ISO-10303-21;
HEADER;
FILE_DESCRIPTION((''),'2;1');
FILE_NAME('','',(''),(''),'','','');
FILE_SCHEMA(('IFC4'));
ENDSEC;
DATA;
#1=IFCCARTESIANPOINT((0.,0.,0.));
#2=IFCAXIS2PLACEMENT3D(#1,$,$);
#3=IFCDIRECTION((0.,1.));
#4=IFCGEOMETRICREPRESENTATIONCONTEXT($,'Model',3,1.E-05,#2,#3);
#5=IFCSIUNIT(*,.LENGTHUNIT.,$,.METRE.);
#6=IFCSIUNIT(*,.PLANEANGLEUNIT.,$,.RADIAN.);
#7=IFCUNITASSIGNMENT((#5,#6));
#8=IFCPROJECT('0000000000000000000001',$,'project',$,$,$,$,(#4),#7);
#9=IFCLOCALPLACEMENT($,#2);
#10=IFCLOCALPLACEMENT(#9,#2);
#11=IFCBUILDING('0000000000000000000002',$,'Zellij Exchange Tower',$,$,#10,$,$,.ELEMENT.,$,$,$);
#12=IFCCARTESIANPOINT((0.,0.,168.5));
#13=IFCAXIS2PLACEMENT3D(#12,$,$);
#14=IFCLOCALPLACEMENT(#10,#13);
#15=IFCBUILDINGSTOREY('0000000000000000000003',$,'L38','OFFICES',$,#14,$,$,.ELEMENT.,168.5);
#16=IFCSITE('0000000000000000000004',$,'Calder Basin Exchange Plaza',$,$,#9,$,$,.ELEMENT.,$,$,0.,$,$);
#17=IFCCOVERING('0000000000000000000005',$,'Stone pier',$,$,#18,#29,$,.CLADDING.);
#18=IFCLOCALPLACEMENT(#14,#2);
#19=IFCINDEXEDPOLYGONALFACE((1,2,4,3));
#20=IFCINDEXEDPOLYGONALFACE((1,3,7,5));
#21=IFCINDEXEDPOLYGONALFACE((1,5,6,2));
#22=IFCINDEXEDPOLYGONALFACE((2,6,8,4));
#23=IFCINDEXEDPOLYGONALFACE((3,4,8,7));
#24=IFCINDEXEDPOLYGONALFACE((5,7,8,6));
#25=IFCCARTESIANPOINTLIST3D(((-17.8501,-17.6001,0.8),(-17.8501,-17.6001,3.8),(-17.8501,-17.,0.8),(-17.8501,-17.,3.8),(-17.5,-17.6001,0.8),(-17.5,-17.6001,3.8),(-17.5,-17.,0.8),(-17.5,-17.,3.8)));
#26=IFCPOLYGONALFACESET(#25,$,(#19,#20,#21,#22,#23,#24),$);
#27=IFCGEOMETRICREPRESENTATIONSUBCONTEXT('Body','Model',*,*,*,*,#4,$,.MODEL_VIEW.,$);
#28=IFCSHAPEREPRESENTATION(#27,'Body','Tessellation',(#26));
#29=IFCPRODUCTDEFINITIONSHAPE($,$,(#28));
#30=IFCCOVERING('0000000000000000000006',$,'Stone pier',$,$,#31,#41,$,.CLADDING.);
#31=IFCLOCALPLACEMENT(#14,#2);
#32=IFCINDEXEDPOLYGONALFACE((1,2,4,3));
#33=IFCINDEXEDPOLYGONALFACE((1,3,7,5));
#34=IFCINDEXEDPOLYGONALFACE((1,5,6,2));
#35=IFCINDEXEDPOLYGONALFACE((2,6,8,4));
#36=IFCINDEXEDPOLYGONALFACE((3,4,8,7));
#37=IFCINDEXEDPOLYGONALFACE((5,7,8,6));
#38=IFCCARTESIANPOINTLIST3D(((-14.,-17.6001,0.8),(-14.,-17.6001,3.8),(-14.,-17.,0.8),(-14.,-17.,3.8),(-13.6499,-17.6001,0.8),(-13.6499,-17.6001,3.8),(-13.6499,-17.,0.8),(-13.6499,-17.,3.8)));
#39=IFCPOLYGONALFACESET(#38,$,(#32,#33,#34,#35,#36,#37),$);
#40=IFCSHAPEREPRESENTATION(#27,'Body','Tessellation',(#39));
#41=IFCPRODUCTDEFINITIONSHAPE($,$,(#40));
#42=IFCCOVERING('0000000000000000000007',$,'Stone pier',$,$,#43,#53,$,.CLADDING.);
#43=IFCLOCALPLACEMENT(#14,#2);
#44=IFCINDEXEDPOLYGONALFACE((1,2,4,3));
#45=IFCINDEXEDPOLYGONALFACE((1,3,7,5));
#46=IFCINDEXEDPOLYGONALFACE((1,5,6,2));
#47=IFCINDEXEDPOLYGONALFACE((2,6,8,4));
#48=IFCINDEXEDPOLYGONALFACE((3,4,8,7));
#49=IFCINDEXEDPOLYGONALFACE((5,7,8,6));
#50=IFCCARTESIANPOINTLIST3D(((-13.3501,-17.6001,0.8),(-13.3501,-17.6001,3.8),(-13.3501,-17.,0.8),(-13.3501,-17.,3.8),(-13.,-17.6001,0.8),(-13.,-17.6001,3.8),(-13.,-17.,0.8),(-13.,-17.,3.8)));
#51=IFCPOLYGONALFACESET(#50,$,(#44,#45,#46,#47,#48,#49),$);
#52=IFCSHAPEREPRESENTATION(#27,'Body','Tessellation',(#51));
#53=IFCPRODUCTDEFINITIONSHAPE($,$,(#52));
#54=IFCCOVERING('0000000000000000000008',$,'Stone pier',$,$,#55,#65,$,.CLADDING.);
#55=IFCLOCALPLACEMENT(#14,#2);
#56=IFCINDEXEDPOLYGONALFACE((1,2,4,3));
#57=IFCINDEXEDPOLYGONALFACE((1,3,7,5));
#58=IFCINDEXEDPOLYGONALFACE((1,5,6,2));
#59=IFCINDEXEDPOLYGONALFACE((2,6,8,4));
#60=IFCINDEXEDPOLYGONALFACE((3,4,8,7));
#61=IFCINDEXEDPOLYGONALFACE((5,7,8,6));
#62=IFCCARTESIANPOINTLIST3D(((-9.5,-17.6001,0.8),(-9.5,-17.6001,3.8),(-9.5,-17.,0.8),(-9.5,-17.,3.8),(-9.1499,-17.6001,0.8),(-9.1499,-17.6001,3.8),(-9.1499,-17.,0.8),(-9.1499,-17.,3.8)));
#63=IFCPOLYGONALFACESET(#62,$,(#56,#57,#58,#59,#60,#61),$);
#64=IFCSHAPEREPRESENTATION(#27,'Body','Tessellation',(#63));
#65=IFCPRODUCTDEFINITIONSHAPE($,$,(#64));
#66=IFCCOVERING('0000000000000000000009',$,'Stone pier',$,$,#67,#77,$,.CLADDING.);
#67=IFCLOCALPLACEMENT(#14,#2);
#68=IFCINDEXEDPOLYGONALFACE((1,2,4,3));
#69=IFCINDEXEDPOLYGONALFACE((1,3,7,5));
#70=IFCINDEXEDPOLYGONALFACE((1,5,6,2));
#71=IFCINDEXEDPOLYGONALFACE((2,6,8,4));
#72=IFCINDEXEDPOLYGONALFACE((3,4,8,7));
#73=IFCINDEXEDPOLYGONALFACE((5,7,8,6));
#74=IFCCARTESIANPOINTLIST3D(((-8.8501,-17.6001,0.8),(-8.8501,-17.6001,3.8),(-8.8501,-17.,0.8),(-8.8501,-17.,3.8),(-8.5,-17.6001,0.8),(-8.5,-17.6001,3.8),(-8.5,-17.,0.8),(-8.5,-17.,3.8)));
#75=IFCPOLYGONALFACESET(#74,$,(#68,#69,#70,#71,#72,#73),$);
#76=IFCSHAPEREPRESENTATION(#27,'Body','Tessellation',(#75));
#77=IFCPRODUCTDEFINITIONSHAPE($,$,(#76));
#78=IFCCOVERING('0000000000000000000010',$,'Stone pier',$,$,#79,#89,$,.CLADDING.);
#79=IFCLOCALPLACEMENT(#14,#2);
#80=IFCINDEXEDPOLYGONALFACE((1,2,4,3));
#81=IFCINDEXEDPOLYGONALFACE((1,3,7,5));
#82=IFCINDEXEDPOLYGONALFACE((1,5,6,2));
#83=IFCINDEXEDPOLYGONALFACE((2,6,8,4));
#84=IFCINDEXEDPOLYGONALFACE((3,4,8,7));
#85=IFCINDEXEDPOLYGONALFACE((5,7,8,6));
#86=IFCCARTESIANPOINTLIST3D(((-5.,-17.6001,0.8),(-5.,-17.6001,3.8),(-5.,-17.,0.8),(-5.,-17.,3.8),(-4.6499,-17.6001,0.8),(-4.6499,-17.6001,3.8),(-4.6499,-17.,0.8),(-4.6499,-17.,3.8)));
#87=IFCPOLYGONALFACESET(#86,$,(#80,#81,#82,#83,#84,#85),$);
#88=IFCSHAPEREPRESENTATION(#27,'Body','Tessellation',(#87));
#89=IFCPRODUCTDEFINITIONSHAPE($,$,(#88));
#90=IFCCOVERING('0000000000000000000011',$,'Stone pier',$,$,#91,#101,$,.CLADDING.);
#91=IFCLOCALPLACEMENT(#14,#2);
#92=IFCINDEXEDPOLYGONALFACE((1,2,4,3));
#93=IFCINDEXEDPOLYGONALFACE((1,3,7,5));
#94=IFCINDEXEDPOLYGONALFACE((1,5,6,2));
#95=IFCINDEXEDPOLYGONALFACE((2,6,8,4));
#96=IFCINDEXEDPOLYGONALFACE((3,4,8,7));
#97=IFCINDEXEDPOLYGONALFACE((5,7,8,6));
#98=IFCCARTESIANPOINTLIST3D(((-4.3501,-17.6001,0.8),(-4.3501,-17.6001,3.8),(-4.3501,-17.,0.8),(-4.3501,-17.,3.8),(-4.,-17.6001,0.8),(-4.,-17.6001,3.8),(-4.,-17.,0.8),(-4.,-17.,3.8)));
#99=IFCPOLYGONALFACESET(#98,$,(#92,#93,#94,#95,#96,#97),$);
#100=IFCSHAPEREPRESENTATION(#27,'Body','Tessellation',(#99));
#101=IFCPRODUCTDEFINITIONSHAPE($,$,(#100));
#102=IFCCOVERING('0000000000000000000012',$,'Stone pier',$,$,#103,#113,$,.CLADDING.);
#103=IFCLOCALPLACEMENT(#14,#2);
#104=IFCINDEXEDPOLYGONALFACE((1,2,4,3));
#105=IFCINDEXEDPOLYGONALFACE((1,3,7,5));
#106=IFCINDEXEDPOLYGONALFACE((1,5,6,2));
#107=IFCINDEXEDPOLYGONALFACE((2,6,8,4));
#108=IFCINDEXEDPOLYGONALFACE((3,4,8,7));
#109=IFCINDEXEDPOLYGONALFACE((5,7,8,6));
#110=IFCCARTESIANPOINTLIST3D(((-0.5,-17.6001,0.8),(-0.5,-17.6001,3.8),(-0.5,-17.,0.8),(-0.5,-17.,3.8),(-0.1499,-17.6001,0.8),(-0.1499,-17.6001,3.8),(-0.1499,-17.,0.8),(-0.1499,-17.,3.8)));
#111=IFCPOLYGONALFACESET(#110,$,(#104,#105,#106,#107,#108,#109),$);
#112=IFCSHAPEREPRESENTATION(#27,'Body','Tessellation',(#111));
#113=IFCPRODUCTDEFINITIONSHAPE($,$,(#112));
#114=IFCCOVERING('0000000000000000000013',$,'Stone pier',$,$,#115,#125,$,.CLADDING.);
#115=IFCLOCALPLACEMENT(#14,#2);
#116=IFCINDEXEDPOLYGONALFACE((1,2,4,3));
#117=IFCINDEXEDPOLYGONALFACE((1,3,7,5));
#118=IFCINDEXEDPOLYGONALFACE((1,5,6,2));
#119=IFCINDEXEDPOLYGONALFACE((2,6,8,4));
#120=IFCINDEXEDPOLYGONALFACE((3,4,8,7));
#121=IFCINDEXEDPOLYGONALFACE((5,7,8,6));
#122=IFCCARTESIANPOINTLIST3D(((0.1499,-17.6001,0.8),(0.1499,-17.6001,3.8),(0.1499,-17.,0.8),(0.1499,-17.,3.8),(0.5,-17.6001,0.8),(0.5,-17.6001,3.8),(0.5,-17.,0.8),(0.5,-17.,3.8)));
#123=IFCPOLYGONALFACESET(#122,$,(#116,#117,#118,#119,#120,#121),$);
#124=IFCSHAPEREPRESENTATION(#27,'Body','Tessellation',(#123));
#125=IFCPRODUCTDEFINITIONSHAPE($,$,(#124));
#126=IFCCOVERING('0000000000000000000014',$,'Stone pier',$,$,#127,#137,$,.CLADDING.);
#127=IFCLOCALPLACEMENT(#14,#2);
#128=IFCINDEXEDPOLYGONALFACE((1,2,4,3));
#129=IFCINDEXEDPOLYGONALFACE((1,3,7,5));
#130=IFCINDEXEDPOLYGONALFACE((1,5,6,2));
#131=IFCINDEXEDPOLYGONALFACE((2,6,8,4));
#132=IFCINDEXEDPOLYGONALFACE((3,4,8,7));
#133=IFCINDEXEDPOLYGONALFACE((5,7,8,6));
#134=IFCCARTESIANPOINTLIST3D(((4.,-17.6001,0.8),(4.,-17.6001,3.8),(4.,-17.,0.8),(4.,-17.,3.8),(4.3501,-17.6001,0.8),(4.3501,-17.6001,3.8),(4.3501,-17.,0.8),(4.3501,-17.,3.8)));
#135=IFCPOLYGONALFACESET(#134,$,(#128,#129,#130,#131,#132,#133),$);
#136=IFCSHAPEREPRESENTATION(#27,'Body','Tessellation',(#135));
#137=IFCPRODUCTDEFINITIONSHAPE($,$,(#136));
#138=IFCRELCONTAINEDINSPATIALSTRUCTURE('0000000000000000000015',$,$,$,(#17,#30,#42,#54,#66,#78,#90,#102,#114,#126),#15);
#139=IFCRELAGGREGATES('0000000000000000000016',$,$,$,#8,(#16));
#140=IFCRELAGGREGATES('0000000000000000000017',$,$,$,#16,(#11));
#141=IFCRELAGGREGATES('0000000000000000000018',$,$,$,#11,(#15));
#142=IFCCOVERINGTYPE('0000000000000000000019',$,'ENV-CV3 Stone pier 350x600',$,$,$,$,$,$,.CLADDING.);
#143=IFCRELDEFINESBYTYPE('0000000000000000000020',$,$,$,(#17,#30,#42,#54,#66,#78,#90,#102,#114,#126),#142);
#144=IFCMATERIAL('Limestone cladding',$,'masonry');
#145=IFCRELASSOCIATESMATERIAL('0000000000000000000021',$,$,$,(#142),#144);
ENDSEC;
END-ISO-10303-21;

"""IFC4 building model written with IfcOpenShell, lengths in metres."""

from ifc_helpers import new_model, si_unit, direction, frame, origin, place, context, subcontext, project, spatial, polyline, outline, extrude, material, type_object, element, save


model = new_model("IFC4")

# Units and contexts
model_context = context("Model", 3, precision=1e-05, world=origin(), true_north=direction((0.0, 1.0)))
body_context = subcontext(model_context, "Body", "Model", "MODEL_VIEW")
ifc_project = project(units=[si_unit("LENGTHUNIT", "METRE"), si_unit("PLANEANGLEUNIT", "RADIAN")], contexts=[model_context])

# Site, building, storey
site_placement = place(None, origin())
site = spatial("IfcSite", under=ifc_project, at=site_placement, Name="Calder Basin Exchange Plaza", CompositionType="ELEMENT", RefElevation=0.0)
building_placement = place(site_placement, origin())
building = spatial("IfcBuilding", under=site, at=building_placement, Name="Zellij Exchange Tower", CompositionType="ELEMENT")
storey_placement = place(building_placement, frame((0.0, 0.0, 168.5)))
storey = spatial("IfcBuildingStorey", under=building, at=storey_placement, Name="L38", Description="OFFICES", CompositionType="ELEMENT", Elevation=168.5)

# Coverings
ifc_material_1 = material(Name="Limestone cladding", Category="masonry")
covering_type = type_object("IfcCoveringType", Name="ENV-CV3 Stone pier 350x600", PredefinedType="CLADDING", material=ifc_material_1)
covering_1_placement = place(storey_placement, frame((0.0, 0.0, 0.8)))
element("IfcCovering", 1, at=covering_1_placement, inside=storey, type_object=covering_type, Name="Stone pier", PredefinedType="CLADDING", context=body_context, shape_type="SweptSolid", body=[
    extrude(outline(polyline([(-17.8501, -17.0), (-17.5, -17.0), (-17.5, -17.6001), (-17.8501, -17.6001), (-17.8501, -17.0)])), origin(), (0.0, 0.0, 1.0), 3.0),
])
covering_2_placement = place(storey_placement, frame((0.0, 0.0, 0.8)))
element("IfcCovering", 2, at=covering_2_placement, inside=storey, type_object=covering_type, Name="Stone pier", PredefinedType="CLADDING", context=body_context, shape_type="SweptSolid", body=[
    extrude(outline(polyline([(-14.0, -17.0), (-13.6499, -17.0), (-13.6499, -17.6001), (-14.0, -17.6001), (-14.0, -17.0)])), origin(), (0.0, 0.0, 1.0), 3.0),
])
covering_3_placement = place(storey_placement, frame((0.0, 0.0, 0.8)))
element("IfcCovering", 3, at=covering_3_placement, inside=storey, type_object=covering_type, Name="Stone pier", PredefinedType="CLADDING", context=body_context, shape_type="SweptSolid", body=[
    extrude(outline(polyline([(-13.3501, -17.0), (-13.0, -17.0), (-13.0, -17.6001), (-13.3501, -17.6001), (-13.3501, -17.0)])), origin(), (0.0, 0.0, 1.0), 3.0),
])
covering_4_placement = place(storey_placement, frame((0.0, 0.0, 0.8)))
element("IfcCovering", 4, at=covering_4_placement, inside=storey, type_object=covering_type, Name="Stone pier", PredefinedType="CLADDING", context=body_context, shape_type="SweptSolid", body=[
    extrude(outline(polyline([(-9.5, -17.0), (-9.1499, -17.0), (-9.1499, -17.6001), (-9.5, -17.6001), (-9.5, -17.0)])), origin(), (0.0, 0.0, 1.0), 3.0),
])
covering_5_placement = place(storey_placement, frame((0.0, 0.0, 0.8)))
element("IfcCovering", 5, at=covering_5_placement, inside=storey, type_object=covering_type, Name="Stone pier", PredefinedType="CLADDING", context=body_context, shape_type="SweptSolid", body=[
    extrude(outline(polyline([(-8.8501, -17.0), (-8.5, -17.0), (-8.5, -17.6001), (-8.8501, -17.6001), (-8.8501, -17.0)])), origin(), (0.0, 0.0, 1.0), 3.0),
])
covering_6_placement = place(storey_placement, frame((0.0, 0.0, 0.8)))
element("IfcCovering", 6, at=covering_6_placement, inside=storey, type_object=covering_type, Name="Stone pier", PredefinedType="CLADDING", context=body_context, shape_type="SweptSolid", body=[
    extrude(outline(polyline([(-5.0, -17.0), (-4.6499, -17.0), (-4.6499, -17.6001), (-5.0, -17.6001), (-5.0, -17.0)])), origin(), (0.0, 0.0, 1.0), 3.0),
])
covering_7_placement = place(storey_placement, frame((0.0, 0.0, 0.8)))
element("IfcCovering", 7, at=covering_7_placement, inside=storey, type_object=covering_type, Name="Stone pier", PredefinedType="CLADDING", context=body_context, shape_type="SweptSolid", body=[
    extrude(outline(polyline([(-4.3501, -17.0), (-4.0, -17.0), (-4.0, -17.6001), (-4.3501, -17.6001), (-4.3501, -17.0)])), origin(), (0.0, 0.0, 1.0), 3.0),
])
covering_8_placement = place(storey_placement, frame((0.0, 0.0, 0.8)))
element("IfcCovering", 8, at=covering_8_placement, inside=storey, type_object=covering_type, Name="Stone pier", PredefinedType="CLADDING", context=body_context, shape_type="SweptSolid", body=[
    extrude(outline(polyline([(-0.5, -17.0), (-0.1499, -17.0), (-0.1499, -17.6001), (-0.5, -17.6001), (-0.5, -17.0)])), origin(), (0.0, 0.0, 1.0), 3.0),
])
covering_9_placement = place(storey_placement, frame((0.0, 0.0, 0.8)))
element("IfcCovering", 9, at=covering_9_placement, inside=storey, type_object=covering_type, Name="Stone pier", PredefinedType="CLADDING", context=body_context, shape_type="SweptSolid", body=[
    extrude(outline(polyline([(0.1499, -17.0), (0.5, -17.0), (0.5, -17.6001), (0.1499, -17.6001), (0.1499, -17.0)])), origin(), (0.0, 0.0, 1.0), 3.0),
])
covering_10_placement = place(storey_placement, frame((0.0, 0.0, 0.8)))
element("IfcCovering", 10, at=covering_10_placement, inside=storey, type_object=covering_type, Name="Stone pier", PredefinedType="CLADDING", context=body_context, shape_type="SweptSolid", body=[
    extrude(outline(polyline([(4.0, -17.0), (4.3501, -17.0), (4.3501, -17.6001), (4.0, -17.6001), (4.0, -17.0)])), origin(), (0.0, 0.0, 1.0), 3.0),
])

save(model, "model.ifc")
